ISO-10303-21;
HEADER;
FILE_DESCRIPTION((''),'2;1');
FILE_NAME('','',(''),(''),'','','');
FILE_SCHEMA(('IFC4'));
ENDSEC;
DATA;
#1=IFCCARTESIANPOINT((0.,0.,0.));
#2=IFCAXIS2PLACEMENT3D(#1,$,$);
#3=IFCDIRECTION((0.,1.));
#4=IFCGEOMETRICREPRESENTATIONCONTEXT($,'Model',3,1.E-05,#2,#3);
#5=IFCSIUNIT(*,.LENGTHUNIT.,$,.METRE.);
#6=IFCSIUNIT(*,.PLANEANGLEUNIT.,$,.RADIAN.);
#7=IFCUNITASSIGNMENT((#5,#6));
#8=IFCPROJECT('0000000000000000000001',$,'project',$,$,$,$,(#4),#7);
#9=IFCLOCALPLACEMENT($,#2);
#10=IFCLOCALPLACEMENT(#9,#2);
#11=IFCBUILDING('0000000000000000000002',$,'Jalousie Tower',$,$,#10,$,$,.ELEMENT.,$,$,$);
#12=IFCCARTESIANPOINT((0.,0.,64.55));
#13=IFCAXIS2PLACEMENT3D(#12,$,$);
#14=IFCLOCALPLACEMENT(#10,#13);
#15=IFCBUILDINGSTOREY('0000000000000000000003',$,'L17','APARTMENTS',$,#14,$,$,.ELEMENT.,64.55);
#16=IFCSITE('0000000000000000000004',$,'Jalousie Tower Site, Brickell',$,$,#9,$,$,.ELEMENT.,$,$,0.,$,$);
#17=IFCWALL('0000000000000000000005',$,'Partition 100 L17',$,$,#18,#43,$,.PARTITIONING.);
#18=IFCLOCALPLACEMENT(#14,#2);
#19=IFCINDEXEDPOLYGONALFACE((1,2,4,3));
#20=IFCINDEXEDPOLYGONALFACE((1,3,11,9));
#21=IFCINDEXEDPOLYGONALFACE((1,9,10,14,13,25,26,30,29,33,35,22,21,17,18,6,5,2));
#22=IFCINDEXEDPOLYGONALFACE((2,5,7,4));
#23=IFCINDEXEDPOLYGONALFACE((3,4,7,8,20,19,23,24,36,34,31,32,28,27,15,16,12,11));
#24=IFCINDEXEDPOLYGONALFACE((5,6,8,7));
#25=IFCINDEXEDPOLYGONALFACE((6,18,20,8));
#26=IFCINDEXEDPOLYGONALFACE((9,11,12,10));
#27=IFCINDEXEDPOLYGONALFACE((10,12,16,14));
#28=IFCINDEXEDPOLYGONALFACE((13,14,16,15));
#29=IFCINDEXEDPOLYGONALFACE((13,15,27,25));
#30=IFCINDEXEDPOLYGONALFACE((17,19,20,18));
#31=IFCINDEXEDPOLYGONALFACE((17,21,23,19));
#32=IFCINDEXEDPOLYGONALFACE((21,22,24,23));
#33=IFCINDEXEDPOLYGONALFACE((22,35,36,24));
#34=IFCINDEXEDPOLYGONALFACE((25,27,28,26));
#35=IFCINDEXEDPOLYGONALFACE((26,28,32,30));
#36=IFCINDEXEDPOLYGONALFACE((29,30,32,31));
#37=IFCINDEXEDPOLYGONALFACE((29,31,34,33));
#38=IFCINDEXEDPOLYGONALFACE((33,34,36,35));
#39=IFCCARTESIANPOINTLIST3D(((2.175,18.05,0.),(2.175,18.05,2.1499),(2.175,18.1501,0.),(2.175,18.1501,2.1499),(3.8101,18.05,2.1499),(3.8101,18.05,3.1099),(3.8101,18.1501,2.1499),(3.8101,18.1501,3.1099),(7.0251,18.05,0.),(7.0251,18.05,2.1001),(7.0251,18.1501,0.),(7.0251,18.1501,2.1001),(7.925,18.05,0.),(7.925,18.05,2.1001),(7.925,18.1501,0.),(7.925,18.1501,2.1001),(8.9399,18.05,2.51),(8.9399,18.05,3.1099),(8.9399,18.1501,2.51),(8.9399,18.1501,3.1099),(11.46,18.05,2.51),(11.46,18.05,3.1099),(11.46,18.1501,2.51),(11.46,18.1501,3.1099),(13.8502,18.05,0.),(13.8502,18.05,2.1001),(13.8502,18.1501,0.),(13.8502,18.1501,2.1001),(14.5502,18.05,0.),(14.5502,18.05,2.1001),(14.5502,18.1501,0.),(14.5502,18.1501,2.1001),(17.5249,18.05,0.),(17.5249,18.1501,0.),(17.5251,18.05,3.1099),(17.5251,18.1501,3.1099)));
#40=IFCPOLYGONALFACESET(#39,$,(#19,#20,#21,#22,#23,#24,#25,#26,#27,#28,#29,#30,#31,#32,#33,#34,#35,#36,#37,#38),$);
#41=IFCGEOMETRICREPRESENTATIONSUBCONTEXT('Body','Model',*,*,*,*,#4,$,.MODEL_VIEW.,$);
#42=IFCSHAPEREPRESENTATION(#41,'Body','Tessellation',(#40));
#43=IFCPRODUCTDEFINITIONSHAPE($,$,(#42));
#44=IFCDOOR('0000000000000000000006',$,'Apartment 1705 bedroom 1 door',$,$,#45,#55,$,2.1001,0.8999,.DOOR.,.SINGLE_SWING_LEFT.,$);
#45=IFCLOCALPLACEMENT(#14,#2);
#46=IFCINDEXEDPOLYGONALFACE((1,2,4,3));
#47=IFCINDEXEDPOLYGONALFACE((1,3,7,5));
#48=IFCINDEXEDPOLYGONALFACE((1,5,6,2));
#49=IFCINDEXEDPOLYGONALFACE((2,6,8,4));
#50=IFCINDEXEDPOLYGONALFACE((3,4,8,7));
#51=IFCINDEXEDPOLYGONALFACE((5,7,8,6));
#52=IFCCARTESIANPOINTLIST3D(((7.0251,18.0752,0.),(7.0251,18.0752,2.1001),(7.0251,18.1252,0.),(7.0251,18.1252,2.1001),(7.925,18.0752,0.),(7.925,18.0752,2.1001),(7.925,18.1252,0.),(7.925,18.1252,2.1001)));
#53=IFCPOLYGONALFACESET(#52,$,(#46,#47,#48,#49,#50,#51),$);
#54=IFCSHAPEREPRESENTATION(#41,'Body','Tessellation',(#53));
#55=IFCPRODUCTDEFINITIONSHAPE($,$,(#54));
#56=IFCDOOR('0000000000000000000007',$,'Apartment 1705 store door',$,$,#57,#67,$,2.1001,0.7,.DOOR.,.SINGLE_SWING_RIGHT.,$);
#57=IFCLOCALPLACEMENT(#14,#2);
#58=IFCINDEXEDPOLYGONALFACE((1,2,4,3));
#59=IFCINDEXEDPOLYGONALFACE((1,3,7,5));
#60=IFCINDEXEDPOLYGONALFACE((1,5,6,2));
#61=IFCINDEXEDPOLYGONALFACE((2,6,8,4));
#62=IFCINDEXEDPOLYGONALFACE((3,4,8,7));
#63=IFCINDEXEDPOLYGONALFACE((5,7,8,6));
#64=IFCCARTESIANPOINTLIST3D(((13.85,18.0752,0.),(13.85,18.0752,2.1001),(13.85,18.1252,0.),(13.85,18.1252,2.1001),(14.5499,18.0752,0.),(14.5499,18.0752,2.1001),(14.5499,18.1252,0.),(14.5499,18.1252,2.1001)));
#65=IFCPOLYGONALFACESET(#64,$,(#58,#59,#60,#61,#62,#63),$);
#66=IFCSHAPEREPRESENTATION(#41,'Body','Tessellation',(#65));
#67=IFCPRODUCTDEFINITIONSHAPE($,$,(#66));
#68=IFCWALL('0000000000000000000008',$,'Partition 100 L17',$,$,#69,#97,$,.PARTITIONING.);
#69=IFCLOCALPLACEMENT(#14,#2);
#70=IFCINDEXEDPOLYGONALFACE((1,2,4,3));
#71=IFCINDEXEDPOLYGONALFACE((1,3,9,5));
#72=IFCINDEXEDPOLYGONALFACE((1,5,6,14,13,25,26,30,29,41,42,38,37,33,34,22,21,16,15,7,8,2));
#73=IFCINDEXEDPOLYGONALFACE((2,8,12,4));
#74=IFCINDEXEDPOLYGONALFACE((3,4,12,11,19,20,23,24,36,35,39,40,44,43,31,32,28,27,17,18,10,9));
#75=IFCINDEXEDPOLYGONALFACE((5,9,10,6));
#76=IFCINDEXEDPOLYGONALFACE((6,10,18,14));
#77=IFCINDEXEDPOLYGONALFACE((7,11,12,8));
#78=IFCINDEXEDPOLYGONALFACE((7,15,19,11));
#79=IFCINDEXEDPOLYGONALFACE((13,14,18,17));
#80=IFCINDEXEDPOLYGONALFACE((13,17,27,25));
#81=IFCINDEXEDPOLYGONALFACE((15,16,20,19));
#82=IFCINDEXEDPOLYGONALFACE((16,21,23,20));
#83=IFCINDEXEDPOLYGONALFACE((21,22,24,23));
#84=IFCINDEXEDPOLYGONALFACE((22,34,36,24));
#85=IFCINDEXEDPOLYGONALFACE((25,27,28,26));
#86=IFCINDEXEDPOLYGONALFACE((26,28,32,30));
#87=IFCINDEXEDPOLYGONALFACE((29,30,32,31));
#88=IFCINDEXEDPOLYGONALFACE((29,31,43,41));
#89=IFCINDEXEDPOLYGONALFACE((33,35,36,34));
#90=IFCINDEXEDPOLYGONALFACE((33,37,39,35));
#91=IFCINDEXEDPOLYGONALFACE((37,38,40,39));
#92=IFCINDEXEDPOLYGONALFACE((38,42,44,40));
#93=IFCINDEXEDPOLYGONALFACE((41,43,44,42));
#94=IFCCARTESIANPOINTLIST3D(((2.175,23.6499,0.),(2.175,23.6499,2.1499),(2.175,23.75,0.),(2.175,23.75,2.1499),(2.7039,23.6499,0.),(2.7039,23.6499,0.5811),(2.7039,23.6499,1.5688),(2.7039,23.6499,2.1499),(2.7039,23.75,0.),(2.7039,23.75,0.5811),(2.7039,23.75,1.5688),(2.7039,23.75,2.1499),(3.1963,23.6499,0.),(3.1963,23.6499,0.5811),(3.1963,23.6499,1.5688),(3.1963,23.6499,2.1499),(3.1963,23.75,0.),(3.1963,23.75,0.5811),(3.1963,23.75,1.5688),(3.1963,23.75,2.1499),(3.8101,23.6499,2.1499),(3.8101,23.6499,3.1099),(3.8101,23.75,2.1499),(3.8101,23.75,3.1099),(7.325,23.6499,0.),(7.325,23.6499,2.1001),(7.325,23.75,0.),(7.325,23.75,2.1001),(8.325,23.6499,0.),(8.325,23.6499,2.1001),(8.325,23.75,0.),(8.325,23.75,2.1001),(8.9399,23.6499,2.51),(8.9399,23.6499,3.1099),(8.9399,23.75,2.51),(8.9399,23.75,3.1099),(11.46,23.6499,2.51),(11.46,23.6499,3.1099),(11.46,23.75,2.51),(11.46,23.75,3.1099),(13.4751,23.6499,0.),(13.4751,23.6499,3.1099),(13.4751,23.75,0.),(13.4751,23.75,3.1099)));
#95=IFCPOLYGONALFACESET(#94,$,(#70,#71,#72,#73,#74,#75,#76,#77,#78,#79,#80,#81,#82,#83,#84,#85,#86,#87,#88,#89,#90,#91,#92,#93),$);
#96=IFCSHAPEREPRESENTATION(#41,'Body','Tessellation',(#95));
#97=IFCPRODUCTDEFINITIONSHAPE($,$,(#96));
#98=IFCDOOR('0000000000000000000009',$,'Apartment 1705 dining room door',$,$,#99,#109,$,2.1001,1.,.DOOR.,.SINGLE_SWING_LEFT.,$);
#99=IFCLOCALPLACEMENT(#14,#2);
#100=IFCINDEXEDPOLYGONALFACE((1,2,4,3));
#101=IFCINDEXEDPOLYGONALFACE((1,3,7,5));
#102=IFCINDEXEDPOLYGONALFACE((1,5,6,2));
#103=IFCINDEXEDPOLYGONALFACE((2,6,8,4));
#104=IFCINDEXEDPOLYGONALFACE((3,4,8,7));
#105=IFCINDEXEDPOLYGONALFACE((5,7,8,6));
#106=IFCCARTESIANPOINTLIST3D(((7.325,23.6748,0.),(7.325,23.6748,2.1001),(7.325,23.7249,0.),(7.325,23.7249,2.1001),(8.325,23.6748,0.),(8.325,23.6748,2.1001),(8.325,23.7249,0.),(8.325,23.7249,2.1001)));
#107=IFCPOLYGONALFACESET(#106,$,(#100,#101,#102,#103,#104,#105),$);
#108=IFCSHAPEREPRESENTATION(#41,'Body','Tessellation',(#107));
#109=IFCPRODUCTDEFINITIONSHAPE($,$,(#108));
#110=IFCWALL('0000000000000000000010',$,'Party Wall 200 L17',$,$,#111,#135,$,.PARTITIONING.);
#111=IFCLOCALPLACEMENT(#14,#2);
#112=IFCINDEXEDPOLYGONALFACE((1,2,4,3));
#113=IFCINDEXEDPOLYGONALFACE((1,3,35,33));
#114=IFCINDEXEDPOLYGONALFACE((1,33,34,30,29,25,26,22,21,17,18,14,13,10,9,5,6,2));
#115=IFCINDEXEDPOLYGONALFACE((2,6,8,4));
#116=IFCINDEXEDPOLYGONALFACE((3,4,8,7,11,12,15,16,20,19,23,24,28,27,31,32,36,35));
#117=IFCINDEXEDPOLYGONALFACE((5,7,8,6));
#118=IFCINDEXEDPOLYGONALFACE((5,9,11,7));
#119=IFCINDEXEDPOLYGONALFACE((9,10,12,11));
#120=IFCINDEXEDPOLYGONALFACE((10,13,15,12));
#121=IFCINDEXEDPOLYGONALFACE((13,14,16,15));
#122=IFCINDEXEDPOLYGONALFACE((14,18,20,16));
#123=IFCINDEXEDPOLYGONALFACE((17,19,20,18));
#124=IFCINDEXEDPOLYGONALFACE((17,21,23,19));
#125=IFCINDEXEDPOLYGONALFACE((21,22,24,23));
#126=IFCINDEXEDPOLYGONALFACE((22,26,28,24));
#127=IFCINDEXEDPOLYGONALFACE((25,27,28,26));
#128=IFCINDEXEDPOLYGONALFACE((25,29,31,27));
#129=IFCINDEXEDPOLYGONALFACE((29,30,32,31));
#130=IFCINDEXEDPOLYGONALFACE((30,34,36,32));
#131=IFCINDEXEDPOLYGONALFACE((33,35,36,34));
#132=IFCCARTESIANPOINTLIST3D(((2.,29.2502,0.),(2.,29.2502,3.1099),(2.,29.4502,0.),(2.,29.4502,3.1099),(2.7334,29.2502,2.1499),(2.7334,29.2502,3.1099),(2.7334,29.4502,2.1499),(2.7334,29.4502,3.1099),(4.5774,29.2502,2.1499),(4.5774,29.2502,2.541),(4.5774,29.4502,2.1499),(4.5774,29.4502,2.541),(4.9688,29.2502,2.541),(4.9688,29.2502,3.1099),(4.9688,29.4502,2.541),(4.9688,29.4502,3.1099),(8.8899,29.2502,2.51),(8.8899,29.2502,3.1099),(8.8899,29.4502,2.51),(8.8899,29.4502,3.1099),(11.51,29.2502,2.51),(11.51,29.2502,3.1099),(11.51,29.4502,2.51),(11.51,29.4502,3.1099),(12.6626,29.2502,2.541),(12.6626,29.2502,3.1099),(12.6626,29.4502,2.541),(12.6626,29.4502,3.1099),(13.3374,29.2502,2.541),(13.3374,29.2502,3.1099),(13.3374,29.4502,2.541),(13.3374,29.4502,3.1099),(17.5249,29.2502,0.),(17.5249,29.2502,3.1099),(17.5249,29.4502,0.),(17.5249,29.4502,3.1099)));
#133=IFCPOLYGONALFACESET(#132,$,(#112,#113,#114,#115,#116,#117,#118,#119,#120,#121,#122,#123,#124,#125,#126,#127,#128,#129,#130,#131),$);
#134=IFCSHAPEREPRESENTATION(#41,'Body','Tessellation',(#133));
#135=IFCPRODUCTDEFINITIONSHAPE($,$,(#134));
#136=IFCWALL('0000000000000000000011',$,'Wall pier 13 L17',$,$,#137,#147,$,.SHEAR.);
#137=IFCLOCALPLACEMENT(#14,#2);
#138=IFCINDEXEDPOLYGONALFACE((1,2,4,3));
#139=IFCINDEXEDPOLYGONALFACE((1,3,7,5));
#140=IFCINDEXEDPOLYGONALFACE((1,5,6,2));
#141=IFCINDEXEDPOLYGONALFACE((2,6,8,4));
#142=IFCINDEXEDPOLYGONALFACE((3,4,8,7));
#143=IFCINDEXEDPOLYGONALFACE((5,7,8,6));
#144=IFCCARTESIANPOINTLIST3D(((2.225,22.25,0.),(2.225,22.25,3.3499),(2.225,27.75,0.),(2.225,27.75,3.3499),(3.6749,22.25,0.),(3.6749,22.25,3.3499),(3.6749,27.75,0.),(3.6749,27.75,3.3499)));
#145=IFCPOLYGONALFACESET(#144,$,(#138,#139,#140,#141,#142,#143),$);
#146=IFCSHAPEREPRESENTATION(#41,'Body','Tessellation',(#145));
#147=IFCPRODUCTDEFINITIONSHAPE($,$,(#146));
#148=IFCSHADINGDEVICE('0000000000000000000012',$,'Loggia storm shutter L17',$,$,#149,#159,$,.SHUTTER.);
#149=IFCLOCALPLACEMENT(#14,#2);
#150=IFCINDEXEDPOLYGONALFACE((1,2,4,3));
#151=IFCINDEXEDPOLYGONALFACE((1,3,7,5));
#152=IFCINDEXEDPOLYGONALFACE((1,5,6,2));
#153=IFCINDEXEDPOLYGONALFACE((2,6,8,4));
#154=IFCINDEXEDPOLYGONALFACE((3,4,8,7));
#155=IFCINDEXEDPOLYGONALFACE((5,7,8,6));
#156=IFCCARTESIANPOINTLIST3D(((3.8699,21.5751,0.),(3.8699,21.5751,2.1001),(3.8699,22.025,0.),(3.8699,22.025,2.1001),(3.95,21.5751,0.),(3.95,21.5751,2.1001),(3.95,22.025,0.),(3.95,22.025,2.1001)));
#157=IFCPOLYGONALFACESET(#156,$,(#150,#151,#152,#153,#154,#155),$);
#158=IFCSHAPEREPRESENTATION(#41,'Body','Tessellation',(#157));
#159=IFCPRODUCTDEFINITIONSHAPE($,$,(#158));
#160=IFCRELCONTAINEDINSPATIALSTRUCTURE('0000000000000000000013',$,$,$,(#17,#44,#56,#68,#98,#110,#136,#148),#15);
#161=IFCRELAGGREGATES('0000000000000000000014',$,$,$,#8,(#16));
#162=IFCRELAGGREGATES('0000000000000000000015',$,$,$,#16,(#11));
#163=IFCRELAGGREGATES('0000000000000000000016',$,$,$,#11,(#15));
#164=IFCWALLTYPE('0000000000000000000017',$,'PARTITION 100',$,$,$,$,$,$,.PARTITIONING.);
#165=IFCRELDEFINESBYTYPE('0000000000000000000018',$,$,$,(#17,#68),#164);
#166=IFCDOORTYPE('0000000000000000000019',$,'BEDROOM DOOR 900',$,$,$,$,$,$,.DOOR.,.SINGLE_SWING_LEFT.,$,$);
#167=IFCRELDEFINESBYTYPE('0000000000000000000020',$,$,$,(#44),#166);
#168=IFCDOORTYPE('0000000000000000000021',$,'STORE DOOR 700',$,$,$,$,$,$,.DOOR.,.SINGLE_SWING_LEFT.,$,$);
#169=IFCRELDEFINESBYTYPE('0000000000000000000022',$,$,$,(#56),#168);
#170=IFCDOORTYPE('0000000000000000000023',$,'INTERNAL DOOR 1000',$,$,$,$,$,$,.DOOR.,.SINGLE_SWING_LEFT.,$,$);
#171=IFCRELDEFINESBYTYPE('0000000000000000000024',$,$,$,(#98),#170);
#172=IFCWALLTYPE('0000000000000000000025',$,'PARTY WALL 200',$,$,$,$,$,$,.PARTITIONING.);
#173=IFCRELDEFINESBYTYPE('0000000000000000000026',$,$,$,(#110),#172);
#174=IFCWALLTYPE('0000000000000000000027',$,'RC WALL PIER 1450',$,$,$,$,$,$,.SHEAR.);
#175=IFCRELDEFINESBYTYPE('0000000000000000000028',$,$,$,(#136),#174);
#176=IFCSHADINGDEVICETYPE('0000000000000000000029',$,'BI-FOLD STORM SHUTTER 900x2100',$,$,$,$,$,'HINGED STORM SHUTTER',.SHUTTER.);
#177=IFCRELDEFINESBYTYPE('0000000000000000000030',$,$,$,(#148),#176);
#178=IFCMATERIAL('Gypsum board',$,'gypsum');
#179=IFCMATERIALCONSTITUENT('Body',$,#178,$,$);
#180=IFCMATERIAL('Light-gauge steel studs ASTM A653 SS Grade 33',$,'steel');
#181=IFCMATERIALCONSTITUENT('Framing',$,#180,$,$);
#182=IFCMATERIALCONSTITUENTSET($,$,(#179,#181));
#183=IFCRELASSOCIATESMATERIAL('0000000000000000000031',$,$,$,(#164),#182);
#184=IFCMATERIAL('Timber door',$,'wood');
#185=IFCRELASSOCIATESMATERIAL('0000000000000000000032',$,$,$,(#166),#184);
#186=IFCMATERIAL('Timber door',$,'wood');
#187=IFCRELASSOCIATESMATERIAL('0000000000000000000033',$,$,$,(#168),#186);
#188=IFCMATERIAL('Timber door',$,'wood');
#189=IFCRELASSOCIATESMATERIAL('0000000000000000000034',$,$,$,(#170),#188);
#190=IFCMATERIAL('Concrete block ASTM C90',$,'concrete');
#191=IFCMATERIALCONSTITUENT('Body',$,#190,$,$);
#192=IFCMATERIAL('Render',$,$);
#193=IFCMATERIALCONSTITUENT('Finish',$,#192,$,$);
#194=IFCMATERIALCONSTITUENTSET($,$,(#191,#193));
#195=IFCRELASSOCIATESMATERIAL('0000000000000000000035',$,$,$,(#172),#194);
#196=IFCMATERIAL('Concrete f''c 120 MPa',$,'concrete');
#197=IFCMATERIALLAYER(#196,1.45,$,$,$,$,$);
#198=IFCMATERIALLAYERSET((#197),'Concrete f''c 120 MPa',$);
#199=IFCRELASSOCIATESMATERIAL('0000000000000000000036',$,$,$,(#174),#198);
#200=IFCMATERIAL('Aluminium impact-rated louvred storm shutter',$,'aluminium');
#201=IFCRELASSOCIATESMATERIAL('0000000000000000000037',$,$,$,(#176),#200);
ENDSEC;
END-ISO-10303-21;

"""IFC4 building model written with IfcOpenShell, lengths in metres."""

from ifc_helpers import new_model, si_unit, direction, frame, frame_2d, origin, origin_2d, place, context, subcontext, project, spatial, polyline, rectangle, outline, extrude, material, layer, layer_set, constituent, constituent_set, type_object, element, fill, save


model = new_model("IFC4")

# Units and contexts
model_context = context("Model", 3, precision=1e-05, world=origin(), true_north=direction((0.0, 1.0)))
body_context = subcontext(model_context, "Body", "Model", "MODEL_VIEW")
ifc_project = project(units=[si_unit("LENGTHUNIT", "METRE"), si_unit("PLANEANGLEUNIT", "RADIAN")], contexts=[model_context])

# Site, building, storey
site_placement = place(None, origin())
site = spatial("IfcSite", under=ifc_project, at=site_placement, Name="Jalousie Tower Site, Brickell", CompositionType="ELEMENT", RefElevation=0.0)
building_placement = place(site_placement, origin())
building = spatial("IfcBuilding", under=site, at=building_placement, Name="Jalousie Tower", CompositionType="ELEMENT")
storey_placement = place(building_placement, frame((0.0, 0.0, 64.55)))
storey = spatial("IfcBuildingStorey", under=building, at=storey_placement, Name="L17", Description="APARTMENTS", CompositionType="ELEMENT", Elevation=64.55)

# Wall, openings, doors
ifc_material_1 = material(Name="Gypsum board", Category="gypsum")
ifc_constituent_1 = constituent(ifc_material_1, Name="Body")
ifc_material_2 = material(Name="Light-gauge steel studs ASTM A653 SS Grade 33", Category="steel")
ifc_constituent_2 = constituent(ifc_material_2, Name="Framing")
ifc_constituent_set_1 = constituent_set(constituents=[ifc_constituent_1, ifc_constituent_2])
wall_type_1 = type_object("IfcWallType", Name="PARTITION 100", PredefinedType="PARTITIONING", material=ifc_constituent_set_1)
wall_1_placement = place(storey_placement, frame((2.175, 18.1001, 0.0), z_axis=(0.0, 0.0, 1.0), x_axis=(1.0, 0.0, 0.0)))
wall_1 = element("IfcWall", 1, at=wall_1_placement, inside=storey, type_object=wall_type_1, Name="Partition 100 L17", PredefinedType="PARTITIONING", context=body_context, shape_type="SweptSolid", body=[
    extrude(outline(polyline([(0.0, 0.0), (15.3499, 0.0), (15.3501, 3.1099), (9.2849, 3.1099), (9.2849, 2.51), (6.7649, 2.51), (6.7649, 3.1099), (1.635, 3.1099), (1.635, 2.1499), (0.0, 2.1499), (0.0, 3.1099), (0.0, 0.0)])), frame((0.0, 0.05, 0.0), z_axis=(0.0, -1.0, 0.0), x_axis=(1.0, 0.0, 0.0)), (0.0, 0.0, 1.0), 0.1001),
])
opening_1_placement = place(wall_1_placement, frame((4.8501, 0.0, 0.0)))
opening_1 = element("IfcOpeningElement", 2, at=opening_1_placement, cuts=wall_1, PredefinedType="OPENING", context=body_context, shape_type="SweptSolid", body=[
    extrude(rectangle(XDim=0.8999, YDim=2.1001, at=frame_2d((0.45, 1.05))), frame((0.0, 0.0601, 0.0), z_axis=(0.0, -1.0, 0.0), x_axis=(1.0, 0.0, 0.0)), (0.0, 0.0, 1.0), 0.1201),
])
opening_2_placement = place(wall_1_placement, frame((11.675, 0.0, 0.0)))
opening_2 = element("IfcOpeningElement", 3, at=opening_2_placement, cuts=wall_1, PredefinedType="OPENING", context=body_context, shape_type="SweptSolid", body=[
    extrude(rectangle(XDim=0.7, YDim=2.1001, at=frame_2d((0.3501, 1.05))), frame((0.0, 0.0601, 0.0), z_axis=(0.0, -1.0, 0.0), x_axis=(1.0, 0.0, 0.0)), (0.0, 0.0, 1.0), 0.1201),
])
ifc_material_3 = material(Name="Timber door", Category="wood")
door_type_1 = type_object("IfcDoorType", Name="BEDROOM DOOR 900", OperationType="SINGLE_SWING_LEFT", PredefinedType="DOOR", material=ifc_material_3)
door_1_placement = place(opening_1_placement, frame((0.8999, 0.0, 0.0), z_axis=(0.0, 0.0, 1.0), x_axis=(-1.0, 0.0, 0.0)))
door_1 = element("IfcDoor", 4, at=door_1_placement, inside=storey, type_object=door_type_1, Name="Apartment 1705 bedroom 1 door", OperationType="SINGLE_SWING_LEFT", OverallHeight=2.1001, OverallWidth=0.8999, PredefinedType="DOOR", context=body_context, shape_type="SweptSolid", body=[
    extrude(rectangle(XDim=0.8999, YDim=2.1001, at=frame_2d((0.45, 1.05))), frame((0.0, 0.0249, 0.0), z_axis=(0.0, -1.0, 0.0), x_axis=(1.0, 0.0, 0.0)), (0.0, 0.0, 1.0), 0.05),
])
fill(opening_1, door_1)
ifc_material_4 = material(Name="Timber door", Category="wood")
door_type_2 = type_object("IfcDoorType", Name="STORE DOOR 700", OperationType="SINGLE_SWING_LEFT", PredefinedType="DOOR", material=ifc_material_4)
door_2_placement = place(opening_2_placement, frame((0.7, 0.0, 0.0), z_axis=(0.0, 0.0, 1.0), x_axis=(-1.0, 0.0, 0.0)))
door_2 = element("IfcDoor", 5, at=door_2_placement, inside=storey, type_object=door_type_2, Name="Apartment 1705 store door", OperationType="SINGLE_SWING_RIGHT", OverallHeight=2.1001, OverallWidth=0.7, PredefinedType="DOOR", context=body_context, shape_type="SweptSolid", body=[
    extrude(rectangle(XDim=0.7, YDim=2.1001, at=frame_2d((0.3501, 1.05))), frame((0.0, 0.0249, 0.0), z_axis=(0.0, -1.0, 0.0), x_axis=(1.0, 0.0, 0.0)), (0.0, 0.0, 1.0), 0.05),
])
fill(opening_2, door_2)

# Wall, opening, door
wall_2_placement = place(storey_placement, frame((2.175, 23.7, 0.0), z_axis=(0.0, 0.0, 1.0), x_axis=(1.0, 0.0, 0.0)))
wall_2 = element("IfcWall", 6, at=wall_2_placement, inside=storey, type_object=wall_type_1, Name="Partition 100 L17", PredefinedType="PARTITIONING", context=body_context, shape_type="SweptSolid", body=[
    extrude(outline(polyline([(0.5288, 2.1499), (0.0, 2.1499), (0.0, 0.0), (0.5288, 0.0), (0.5288, 0.5811), (1.0212, 0.5811), (1.0212, 0.0), (11.3, 0.0), (11.3, 3.1099), (9.2849, 3.1099), (9.2849, 2.51), (6.7649, 2.51), (6.7649, 3.1099), (1.635, 3.1099), (1.635, 2.1499), (1.0212, 2.1499), (1.0212, 1.5688), (0.5288, 1.5688), (0.5288, 2.1499)])), frame((0.0, 0.05, 0.0), z_axis=(0.0, -1.0, 0.0), x_axis=(1.0, 0.0, 0.0)), (0.0, 0.0, 1.0), 0.1001),
])
opening_3_placement = place(wall_2_placement, frame((5.1499, 0.0, 0.0)))
opening_3 = element("IfcOpeningElement", 7, at=opening_3_placement, cuts=wall_2, PredefinedType="OPENING", context=body_context, shape_type="SweptSolid", body=[
    extrude(rectangle(XDim=1.0, YDim=2.1001, at=frame_2d((0.5, 1.05))), frame((0.0, 0.0601, 0.0), z_axis=(0.0, -1.0, 0.0), x_axis=(1.0, 0.0, 0.0)), (0.0, 0.0, 1.0), 0.1201),
])
ifc_material_5 = material(Name="Timber door", Category="wood")
door_type_3 = type_object("IfcDoorType", Name="INTERNAL DOOR 1000", OperationType="SINGLE_SWING_LEFT", PredefinedType="DOOR", material=ifc_material_5)
door_3_placement = place(opening_3_placement, origin())
door_3 = element("IfcDoor", 8, at=door_3_placement, inside=storey, type_object=door_type_3, Name="Apartment 1705 dining room door", OperationType="SINGLE_SWING_LEFT", OverallHeight=2.1001, OverallWidth=1.0, PredefinedType="DOOR", context=body_context, shape_type="SweptSolid", body=[
    extrude(rectangle(XDim=1.0, YDim=2.1001, at=frame_2d((0.5, 1.05))), frame((0.0, 0.0249, 0.0), z_axis=(0.0, -1.0, 0.0), x_axis=(1.0, 0.0, 0.0)), (0.0, 0.0, 1.0), 0.05),
])
fill(opening_3, door_3)

# Walls
ifc_material_6 = material(Name="Concrete block ASTM C90", Category="concrete")
ifc_constituent_3 = constituent(ifc_material_6, Name="Body")
ifc_material_7 = material(Name="Render")
ifc_constituent_4 = constituent(ifc_material_7, Name="Finish")
ifc_constituent_set_2 = constituent_set(constituents=[ifc_constituent_3, ifc_constituent_4])
wall_type_2 = type_object("IfcWallType", Name="PARTY WALL 200", PredefinedType="PARTITIONING", material=ifc_constituent_set_2)
wall_3_placement = place(storey_placement, frame((2.0, 29.3501, 0.0), z_axis=(0.0, 0.0, 1.0), x_axis=(1.0, 0.0, 0.0)))
element("IfcWall", 9, at=wall_3_placement, inside=storey, type_object=wall_type_2, Name="Party Wall 200 L17", PredefinedType="PARTITIONING", context=body_context, shape_type="SweptSolid", body=[
    extrude(outline(polyline([(0.0, 0.0), (15.5249, 0.0), (15.5249, 3.1099), (11.3374, 3.1099), (11.3374, 2.541), (10.6626, 2.541), (10.6626, 3.1099), (9.51, 3.1099), (9.51, 2.51), (6.8899, 2.51), (6.8899, 3.1099), (2.9688, 3.1099), (2.9688, 2.541), (2.5774, 2.541), (2.5774, 2.1499), (0.7334, 2.1499), (0.7334, 3.1099), (0.0, 3.1099), (0.0, 0.0)])), frame((0.0, 0.1001, 0.0), z_axis=(0.0, -1.0, 0.0), x_axis=(1.0, 0.0, 0.0)), (0.0, 0.0, 1.0), 0.2),
])
ifc_material_8 = material(Name="Concrete f'c 120 MPa", Category="concrete")
ifc_layer_1 = layer(ifc_material_8, 1.45)
ifc_layer_set_1 = layer_set([ifc_layer_1], Name="Concrete f'c 120 MPa")
wall_type_3 = type_object("IfcWallType", Name="RC WALL PIER 1450", PredefinedType="SHEAR", material=ifc_layer_set_1)
wall_4_placement = place(storey_placement, frame((2.95, 22.25, 0.0), z_axis=(0.0, 0.0, 1.0), x_axis=(0.0, 1.0, 0.0)))
element("IfcWall", 10, at=wall_4_placement, inside=storey, type_object=wall_type_3, Name="Wall pier 13 L17", PredefinedType="SHEAR", context=body_context, shape_type="SweptSolid", body=[
    extrude(rectangle(XDim=5.5, YDim=1.45, at=frame_2d((2.75, 0.0))), origin(), (0.0, 0.0, 1.0), 3.3499),
])

# Shading device
ifc_material_9 = material(Name="Aluminium impact-rated louvred storm shutter", Category="aluminium")
shading_device_type_1 = type_object("IfcShadingDeviceType", Name="BI-FOLD STORM SHUTTER 900x2100", ElementType="HINGED STORM SHUTTER", PredefinedType="SHUTTER", material=ifc_material_9)
for number, where, z_axis, x_axis, name in (
    (11, (3.9099, 21.8, 0.0), (0.0, 0.0, 1.0), (0.0, -1.0, 0.0), "Loggia storm shutter L17"),
):
    element("IfcShadingDevice", number, at=place(storey_placement, frame(where, z_axis=z_axis, x_axis=x_axis)), inside=storey, type_object=shading_device_type_1, Name=name, PredefinedType="SHUTTER", context=body_context, shape_type="SweptSolid", body=[
        extrude(rectangle(XDim=0.45, YDim=0.0801, at=origin_2d()), origin(), (0.0, 0.0, 1.0), 2.1001),
    ])

save(model, "model.ifc")
